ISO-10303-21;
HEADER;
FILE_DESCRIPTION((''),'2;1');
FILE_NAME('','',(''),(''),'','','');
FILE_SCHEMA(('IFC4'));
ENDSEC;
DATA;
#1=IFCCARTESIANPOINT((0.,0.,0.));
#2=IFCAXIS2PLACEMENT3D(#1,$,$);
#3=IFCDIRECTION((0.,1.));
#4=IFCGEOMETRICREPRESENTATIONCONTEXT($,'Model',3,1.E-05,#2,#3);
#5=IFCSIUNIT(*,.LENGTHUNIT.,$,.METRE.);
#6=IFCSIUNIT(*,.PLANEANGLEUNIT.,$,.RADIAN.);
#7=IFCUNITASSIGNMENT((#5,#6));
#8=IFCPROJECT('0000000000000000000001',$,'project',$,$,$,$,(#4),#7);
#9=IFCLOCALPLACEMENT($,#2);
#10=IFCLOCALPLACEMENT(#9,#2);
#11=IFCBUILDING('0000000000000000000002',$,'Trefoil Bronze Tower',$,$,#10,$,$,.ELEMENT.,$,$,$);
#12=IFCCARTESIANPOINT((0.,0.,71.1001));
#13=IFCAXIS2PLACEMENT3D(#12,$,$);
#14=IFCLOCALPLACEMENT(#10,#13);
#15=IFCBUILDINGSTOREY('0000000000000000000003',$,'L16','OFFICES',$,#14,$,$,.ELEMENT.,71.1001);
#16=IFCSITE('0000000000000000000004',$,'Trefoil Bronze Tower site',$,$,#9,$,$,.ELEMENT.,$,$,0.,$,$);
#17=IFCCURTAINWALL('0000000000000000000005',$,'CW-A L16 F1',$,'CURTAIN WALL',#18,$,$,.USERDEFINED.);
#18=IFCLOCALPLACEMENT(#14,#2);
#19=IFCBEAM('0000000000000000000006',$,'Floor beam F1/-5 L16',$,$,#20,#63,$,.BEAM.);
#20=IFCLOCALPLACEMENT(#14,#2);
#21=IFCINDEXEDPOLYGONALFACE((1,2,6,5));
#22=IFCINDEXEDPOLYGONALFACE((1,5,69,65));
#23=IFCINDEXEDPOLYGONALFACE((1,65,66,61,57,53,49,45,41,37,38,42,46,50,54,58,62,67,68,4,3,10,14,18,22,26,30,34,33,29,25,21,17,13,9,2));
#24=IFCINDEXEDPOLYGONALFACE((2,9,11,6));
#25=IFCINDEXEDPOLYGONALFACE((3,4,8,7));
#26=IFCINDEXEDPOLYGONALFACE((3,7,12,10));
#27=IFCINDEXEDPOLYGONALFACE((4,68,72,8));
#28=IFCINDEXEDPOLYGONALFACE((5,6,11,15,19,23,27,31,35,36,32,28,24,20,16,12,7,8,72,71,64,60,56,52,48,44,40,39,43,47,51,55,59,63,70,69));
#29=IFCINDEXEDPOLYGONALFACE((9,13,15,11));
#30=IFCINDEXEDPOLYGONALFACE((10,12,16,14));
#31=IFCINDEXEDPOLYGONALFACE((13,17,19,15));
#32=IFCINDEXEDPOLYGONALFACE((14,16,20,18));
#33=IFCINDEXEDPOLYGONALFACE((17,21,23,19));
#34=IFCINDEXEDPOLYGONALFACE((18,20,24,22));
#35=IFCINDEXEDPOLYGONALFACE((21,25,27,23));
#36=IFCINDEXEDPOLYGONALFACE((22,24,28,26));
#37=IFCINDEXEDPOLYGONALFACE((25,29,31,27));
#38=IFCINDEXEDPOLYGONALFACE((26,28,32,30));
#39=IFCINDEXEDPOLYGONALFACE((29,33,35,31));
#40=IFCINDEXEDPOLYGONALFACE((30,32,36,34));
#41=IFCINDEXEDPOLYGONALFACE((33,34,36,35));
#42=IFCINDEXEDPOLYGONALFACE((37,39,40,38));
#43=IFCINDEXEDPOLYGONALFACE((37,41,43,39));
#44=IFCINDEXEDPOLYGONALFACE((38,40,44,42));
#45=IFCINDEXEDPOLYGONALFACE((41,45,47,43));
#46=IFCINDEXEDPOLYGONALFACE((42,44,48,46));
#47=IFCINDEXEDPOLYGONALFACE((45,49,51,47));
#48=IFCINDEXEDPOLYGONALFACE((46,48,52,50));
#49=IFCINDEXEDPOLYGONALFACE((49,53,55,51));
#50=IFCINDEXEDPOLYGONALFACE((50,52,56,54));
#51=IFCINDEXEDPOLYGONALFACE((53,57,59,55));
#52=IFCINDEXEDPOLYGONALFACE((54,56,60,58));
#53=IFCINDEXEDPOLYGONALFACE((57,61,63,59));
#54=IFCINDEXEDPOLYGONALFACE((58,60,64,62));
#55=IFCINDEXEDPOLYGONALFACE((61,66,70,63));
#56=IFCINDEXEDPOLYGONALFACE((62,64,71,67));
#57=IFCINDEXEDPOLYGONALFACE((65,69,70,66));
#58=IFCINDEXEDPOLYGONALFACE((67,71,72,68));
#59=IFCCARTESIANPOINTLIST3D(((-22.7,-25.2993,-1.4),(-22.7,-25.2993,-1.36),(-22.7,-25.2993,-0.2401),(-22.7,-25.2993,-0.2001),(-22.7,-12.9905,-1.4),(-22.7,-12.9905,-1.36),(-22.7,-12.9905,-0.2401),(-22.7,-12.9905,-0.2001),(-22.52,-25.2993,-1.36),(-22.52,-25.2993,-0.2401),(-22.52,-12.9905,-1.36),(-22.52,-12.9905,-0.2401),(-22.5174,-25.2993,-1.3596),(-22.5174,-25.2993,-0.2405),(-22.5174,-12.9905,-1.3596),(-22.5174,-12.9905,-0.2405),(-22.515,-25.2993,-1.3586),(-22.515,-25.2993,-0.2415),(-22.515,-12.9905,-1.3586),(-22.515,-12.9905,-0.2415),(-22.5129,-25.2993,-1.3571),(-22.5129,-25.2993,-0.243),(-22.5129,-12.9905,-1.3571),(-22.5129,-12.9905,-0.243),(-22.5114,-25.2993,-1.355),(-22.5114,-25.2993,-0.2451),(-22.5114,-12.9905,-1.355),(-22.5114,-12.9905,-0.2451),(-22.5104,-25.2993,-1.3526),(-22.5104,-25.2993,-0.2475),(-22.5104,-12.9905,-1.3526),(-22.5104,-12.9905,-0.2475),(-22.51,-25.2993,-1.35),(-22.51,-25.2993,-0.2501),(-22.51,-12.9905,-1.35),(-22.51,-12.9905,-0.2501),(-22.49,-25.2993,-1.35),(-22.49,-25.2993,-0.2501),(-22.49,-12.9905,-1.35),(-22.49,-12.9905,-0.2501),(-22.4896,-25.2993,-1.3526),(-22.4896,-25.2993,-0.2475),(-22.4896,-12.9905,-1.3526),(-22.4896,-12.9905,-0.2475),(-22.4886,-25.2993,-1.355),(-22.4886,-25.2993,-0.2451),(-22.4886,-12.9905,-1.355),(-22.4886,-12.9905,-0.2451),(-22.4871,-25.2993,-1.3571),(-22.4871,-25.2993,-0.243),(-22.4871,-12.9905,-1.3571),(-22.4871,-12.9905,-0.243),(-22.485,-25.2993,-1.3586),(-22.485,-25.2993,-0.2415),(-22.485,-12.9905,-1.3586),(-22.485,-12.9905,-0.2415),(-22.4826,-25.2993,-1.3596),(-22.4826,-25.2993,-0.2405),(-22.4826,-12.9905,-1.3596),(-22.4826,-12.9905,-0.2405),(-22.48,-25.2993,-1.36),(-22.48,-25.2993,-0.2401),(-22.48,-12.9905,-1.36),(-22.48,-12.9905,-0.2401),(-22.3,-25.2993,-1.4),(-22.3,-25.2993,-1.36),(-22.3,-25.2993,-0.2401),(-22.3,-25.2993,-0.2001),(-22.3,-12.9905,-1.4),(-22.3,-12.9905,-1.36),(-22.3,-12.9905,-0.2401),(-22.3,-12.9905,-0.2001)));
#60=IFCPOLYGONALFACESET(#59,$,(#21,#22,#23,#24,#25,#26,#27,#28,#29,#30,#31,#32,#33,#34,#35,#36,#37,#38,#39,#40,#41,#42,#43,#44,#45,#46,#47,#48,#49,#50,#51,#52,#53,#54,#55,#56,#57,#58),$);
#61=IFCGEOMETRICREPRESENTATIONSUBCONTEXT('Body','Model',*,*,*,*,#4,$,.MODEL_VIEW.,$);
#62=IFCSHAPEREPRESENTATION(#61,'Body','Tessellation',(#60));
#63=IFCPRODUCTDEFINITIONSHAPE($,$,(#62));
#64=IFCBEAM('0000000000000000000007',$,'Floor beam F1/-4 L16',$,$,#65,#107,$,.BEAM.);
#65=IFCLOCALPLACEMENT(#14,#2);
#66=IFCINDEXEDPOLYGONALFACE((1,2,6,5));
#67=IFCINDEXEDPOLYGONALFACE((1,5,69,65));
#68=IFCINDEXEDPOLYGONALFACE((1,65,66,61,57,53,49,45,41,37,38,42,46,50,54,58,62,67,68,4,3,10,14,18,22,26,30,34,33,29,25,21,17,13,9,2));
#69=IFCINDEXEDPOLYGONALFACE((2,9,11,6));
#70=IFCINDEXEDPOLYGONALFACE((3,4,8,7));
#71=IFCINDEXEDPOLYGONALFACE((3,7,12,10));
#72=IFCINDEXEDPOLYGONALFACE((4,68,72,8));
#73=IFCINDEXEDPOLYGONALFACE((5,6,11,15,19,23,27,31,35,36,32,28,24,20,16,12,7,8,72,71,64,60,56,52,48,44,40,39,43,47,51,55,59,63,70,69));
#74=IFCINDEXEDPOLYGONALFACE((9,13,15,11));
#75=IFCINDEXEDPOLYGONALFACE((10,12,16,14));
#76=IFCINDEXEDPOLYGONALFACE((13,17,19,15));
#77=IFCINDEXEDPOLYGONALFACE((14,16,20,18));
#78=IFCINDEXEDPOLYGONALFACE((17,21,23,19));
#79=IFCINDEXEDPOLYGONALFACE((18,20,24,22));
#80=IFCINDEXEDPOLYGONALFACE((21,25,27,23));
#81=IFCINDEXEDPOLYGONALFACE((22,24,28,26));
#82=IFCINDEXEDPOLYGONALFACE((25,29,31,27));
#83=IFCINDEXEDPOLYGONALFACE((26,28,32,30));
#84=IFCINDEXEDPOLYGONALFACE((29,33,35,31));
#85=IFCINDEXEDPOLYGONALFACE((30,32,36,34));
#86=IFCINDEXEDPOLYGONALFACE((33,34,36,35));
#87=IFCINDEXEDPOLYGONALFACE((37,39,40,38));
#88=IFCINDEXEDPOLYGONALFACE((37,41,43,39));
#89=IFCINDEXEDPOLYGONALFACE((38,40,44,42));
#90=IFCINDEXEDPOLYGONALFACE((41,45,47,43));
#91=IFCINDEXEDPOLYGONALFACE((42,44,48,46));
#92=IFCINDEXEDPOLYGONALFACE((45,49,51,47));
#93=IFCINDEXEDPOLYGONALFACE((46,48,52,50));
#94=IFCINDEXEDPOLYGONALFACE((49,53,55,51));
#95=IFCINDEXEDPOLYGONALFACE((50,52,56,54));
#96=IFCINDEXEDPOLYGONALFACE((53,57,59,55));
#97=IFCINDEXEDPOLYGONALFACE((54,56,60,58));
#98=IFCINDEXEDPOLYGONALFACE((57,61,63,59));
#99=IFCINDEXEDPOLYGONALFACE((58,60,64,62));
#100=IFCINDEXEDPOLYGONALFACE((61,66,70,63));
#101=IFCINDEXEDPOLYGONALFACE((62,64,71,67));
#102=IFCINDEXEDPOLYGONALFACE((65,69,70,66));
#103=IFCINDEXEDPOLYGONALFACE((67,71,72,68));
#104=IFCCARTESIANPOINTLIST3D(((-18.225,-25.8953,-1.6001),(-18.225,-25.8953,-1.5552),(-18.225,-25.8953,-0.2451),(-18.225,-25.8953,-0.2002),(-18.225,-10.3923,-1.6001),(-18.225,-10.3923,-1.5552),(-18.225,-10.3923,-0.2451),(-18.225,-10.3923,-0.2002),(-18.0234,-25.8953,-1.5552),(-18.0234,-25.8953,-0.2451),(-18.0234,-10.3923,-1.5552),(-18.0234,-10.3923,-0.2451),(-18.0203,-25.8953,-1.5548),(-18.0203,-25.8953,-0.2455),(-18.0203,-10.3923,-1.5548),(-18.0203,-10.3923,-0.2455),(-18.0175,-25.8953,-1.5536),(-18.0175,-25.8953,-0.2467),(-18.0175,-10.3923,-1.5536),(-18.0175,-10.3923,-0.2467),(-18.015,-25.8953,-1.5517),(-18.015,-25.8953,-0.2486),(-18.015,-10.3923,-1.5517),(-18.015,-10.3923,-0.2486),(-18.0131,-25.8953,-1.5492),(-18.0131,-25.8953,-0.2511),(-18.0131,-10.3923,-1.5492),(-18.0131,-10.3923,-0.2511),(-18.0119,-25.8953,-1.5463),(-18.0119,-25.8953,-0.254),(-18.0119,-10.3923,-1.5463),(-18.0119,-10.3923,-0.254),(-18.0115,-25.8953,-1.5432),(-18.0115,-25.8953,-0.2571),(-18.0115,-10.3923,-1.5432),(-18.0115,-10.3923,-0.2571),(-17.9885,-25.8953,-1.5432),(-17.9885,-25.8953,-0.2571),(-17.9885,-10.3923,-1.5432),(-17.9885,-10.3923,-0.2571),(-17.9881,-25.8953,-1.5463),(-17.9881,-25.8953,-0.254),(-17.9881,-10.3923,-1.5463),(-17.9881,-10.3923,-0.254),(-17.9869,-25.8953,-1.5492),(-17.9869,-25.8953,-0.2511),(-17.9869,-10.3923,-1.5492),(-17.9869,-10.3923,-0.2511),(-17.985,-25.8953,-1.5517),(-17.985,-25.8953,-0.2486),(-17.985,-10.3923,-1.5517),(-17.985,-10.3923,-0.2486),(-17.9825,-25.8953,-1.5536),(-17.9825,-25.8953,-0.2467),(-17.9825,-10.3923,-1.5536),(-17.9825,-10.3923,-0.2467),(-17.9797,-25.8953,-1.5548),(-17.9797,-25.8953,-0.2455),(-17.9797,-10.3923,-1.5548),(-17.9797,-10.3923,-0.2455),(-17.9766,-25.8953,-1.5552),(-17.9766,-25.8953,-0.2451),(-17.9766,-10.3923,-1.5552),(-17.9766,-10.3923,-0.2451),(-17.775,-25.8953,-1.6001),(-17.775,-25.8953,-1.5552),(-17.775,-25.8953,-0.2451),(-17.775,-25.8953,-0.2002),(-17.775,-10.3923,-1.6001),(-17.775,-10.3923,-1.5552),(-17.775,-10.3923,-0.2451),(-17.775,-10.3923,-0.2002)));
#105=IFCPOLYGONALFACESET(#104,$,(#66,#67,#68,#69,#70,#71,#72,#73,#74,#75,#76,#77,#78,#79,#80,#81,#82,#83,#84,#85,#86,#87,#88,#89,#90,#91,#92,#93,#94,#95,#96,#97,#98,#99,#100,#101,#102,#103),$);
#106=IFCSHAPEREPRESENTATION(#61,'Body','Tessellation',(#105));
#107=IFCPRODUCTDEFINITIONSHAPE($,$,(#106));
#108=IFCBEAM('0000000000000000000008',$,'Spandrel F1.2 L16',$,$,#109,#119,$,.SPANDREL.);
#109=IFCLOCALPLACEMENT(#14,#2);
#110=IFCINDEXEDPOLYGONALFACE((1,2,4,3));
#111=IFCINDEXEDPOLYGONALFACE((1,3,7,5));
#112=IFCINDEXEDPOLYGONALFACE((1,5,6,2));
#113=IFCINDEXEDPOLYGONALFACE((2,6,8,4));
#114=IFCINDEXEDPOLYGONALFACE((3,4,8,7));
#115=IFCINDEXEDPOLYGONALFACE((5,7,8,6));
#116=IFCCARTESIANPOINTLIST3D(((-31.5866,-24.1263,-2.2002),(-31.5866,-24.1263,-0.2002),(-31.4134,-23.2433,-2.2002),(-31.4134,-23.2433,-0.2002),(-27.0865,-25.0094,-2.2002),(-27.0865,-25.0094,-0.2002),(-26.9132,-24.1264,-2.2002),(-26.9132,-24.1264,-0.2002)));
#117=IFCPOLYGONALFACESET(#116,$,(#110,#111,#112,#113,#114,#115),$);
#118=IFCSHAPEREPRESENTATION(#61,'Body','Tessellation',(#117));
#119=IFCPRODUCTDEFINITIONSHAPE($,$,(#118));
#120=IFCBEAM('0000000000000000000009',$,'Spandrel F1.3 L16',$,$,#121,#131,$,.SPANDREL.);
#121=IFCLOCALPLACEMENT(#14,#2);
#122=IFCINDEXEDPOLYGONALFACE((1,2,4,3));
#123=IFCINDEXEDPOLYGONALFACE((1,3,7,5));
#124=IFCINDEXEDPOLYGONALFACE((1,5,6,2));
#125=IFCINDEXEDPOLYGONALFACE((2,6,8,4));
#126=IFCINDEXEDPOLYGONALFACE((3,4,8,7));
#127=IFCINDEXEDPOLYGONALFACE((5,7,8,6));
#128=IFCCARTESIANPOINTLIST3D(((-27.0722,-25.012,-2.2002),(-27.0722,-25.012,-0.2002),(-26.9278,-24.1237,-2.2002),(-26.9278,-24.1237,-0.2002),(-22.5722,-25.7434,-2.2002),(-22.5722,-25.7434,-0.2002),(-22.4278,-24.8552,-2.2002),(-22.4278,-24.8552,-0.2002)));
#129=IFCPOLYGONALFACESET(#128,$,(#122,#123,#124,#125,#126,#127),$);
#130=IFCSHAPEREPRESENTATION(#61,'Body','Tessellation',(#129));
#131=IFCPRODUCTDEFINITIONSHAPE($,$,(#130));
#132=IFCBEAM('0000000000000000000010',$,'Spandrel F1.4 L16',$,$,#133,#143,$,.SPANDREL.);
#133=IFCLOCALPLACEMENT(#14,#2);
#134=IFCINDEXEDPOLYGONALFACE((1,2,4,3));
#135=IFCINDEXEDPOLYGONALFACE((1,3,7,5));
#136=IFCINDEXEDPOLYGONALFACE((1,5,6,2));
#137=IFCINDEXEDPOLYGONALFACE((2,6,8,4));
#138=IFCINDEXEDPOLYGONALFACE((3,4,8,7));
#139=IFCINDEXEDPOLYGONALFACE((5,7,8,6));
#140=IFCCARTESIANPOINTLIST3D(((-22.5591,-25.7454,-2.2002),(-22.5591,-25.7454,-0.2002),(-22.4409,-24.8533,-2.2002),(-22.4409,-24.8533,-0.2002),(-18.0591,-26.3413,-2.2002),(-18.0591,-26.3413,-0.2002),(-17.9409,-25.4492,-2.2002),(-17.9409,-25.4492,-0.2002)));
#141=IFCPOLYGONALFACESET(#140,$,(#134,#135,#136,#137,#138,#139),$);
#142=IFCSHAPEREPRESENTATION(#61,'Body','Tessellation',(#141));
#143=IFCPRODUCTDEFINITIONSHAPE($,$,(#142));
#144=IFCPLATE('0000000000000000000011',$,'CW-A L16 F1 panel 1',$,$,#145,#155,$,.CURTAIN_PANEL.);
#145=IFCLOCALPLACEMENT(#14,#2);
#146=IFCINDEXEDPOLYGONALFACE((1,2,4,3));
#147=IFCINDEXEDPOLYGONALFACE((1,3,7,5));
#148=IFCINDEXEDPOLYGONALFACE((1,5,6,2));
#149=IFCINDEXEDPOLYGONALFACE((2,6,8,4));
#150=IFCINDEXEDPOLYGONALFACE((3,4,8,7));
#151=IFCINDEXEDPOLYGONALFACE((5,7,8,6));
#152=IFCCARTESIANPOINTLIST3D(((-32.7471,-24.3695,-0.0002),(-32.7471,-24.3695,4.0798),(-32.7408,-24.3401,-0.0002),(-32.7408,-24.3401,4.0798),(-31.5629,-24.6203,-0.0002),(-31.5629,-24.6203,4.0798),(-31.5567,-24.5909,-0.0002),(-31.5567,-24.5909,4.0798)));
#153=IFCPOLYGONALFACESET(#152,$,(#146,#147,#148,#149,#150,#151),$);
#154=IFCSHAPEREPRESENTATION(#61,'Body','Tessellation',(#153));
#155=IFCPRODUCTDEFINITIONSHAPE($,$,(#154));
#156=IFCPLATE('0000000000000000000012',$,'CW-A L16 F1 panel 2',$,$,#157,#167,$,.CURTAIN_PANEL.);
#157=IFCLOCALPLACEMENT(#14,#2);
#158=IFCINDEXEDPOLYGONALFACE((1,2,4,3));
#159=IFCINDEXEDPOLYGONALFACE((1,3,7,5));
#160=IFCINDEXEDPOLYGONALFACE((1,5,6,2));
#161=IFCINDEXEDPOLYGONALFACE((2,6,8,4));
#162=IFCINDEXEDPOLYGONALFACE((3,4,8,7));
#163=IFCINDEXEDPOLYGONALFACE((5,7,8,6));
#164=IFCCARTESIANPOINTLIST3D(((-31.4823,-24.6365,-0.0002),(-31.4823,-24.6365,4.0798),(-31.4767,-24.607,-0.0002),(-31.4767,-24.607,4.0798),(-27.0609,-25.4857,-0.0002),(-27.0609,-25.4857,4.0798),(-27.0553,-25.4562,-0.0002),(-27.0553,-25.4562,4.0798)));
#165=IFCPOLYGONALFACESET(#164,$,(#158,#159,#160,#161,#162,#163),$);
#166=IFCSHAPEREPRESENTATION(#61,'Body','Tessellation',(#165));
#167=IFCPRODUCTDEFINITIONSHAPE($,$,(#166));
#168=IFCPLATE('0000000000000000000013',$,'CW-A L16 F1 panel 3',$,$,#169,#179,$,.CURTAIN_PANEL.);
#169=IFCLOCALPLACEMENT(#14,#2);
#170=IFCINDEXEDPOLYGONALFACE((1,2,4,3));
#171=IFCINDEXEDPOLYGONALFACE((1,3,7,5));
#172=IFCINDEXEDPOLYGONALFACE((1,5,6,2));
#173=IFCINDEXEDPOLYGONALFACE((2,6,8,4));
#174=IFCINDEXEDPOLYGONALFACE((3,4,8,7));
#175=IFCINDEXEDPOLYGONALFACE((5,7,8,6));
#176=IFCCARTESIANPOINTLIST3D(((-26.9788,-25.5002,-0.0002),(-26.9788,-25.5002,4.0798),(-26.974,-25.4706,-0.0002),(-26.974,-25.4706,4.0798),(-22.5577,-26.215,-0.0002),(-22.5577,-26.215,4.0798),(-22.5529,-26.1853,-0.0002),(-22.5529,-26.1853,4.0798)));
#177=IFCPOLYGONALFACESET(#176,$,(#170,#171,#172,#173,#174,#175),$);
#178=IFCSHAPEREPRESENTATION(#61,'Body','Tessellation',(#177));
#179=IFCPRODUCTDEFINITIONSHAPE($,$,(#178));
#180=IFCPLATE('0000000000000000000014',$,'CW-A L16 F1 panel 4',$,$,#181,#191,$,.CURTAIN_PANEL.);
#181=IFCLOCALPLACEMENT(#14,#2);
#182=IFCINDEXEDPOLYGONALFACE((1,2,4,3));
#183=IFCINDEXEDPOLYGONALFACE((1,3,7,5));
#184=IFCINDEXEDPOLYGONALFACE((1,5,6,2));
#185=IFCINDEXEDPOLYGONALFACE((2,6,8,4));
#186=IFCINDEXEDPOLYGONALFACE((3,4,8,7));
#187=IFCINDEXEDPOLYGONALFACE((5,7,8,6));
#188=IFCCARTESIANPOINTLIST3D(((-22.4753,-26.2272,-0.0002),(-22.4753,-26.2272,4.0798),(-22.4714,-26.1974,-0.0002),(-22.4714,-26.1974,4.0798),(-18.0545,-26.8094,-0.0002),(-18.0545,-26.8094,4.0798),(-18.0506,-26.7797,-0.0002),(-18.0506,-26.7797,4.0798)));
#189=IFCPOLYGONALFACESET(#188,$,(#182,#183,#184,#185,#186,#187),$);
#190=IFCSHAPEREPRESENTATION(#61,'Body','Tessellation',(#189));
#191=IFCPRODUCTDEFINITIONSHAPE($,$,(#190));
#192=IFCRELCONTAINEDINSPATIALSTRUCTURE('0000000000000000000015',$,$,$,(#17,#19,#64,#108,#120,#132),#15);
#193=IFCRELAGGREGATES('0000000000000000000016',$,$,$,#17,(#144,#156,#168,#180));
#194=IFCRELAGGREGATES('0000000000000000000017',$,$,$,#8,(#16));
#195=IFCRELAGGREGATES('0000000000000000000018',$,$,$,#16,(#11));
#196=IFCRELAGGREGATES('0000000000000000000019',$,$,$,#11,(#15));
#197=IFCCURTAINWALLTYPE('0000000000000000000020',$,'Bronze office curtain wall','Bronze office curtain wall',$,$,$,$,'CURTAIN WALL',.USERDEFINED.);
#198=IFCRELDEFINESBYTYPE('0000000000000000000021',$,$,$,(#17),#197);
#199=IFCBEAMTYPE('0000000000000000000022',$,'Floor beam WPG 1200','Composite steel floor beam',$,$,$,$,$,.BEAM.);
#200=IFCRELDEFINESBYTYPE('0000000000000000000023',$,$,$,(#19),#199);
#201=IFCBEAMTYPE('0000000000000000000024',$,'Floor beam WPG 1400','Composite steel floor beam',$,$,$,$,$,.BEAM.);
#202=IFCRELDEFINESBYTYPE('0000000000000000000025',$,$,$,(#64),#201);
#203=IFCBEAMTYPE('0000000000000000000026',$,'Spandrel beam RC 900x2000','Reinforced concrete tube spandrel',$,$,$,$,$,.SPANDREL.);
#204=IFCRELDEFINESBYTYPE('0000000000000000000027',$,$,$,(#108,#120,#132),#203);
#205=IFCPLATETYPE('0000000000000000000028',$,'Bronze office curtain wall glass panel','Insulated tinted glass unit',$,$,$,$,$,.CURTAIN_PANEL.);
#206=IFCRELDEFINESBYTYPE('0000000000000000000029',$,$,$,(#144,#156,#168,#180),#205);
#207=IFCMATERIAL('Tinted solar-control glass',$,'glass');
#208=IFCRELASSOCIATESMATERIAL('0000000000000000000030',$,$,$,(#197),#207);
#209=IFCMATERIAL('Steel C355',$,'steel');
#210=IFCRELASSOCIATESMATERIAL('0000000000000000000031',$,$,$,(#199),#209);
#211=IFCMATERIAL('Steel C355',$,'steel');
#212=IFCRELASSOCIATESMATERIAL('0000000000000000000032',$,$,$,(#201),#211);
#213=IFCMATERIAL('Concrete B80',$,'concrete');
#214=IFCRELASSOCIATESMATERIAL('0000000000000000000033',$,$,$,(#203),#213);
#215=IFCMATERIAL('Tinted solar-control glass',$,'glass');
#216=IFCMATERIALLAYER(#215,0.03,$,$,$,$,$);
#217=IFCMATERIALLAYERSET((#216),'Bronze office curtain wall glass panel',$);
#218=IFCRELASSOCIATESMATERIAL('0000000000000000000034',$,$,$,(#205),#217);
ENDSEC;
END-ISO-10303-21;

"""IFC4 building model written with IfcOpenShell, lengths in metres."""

from ifc_helpers import new_model, si_unit, direction, frame, origin, origin_2d, place, context, subcontext, project, spatial, rectangle, i_section, extrude, material, layer, layer_set, material_profile, profile_set, type_object, element, aggregate, save


model = new_model("IFC4")

# Units and contexts
model_context = context("Model", 3, precision=1e-05, world=origin(), true_north=direction((0.0, 1.0)))
body_context = subcontext(model_context, "Body", "Model", "MODEL_VIEW")
ifc_project = project(units=[si_unit("LENGTHUNIT", "METRE"), si_unit("PLANEANGLEUNIT", "RADIAN")], contexts=[model_context])

# Site, building, storey
site_placement = place(None, origin())
site = spatial("IfcSite", under=ifc_project, at=site_placement, Name="Trefoil Bronze Tower site", CompositionType="ELEMENT", RefElevation=0.0)
building_placement = place(site_placement, origin())
building = spatial("IfcBuilding", under=site, at=building_placement, Name="Trefoil Bronze Tower", CompositionType="ELEMENT")
storey_placement = place(building_placement, frame((0.0, 0.0, 71.1001)))
storey = spatial("IfcBuildingStorey", under=building, at=storey_placement, Name="L16", Description="OFFICES", CompositionType="ELEMENT", Elevation=71.1001)

# Curtain wall
ifc_material_1 = material(Name="Tinted solar-control glass", Category="glass")
curtain_wall_type_1 = type_object("IfcCurtainWallType", Name="Bronze office curtain wall", Description="Bronze office curtain wall", ElementType="CURTAIN WALL", PredefinedType="USERDEFINED", material=ifc_material_1)
curtain_wall_1_placement = place(storey_placement, origin())
curtain_wall_1 = element("IfcCurtainWall", 1, at=curtain_wall_1_placement, inside=storey, type_object=curtain_wall_type_1, Name="CW-A L16 F1", ObjectType="CURTAIN WALL", PredefinedType="USERDEFINED")

# Beams
ifc_material_2 = material(Name="Steel C355", Category="steel")
ifc_material_profile_1 = material_profile(ifc_material_2, i_section(OverallWidth=0.3999, OverallDepth=1.2, WebThickness=0.02, FlangeThickness=0.04, FilletRadius=0.01, at=origin_2d()), Name="WPG 1200")
ifc_profile_set_1 = profile_set([ifc_material_profile_1], Name="Steel C355")
beam_type_1 = type_object("IfcBeamType", Name="Floor beam WPG 1200", Description="Composite steel floor beam", PredefinedType="BEAM", material=ifc_profile_set_1)
beam_1_placement = place(storey_placement, frame((-22.5, -25.2993, -0.8), z_axis=(0.0, 1.0, 0.0), x_axis=(-1.0, 0.0, 0.0)))
element("IfcBeam", 2, at=beam_1_placement, inside=storey, type_object=beam_type_1, Name="Floor beam F1/-5 L16", PredefinedType="BEAM", context=body_context, shape_type="SweptSolid", body=[
    extrude(i_section(OverallWidth=0.3999, OverallDepth=1.2, WebThickness=0.02, FlangeThickness=0.04, FilletRadius=0.01, at=origin_2d()), origin(), (0.0, 0.0, 1.0), 12.3088),
])
ifc_material_3 = material(Name="Steel C355", Category="steel")
ifc_material_profile_2 = material_profile(ifc_material_3, i_section(OverallWidth=0.45, OverallDepth=1.3999, WebThickness=0.0229, FlangeThickness=0.0449, FilletRadius=0.012, at=origin_2d()), Name="WPG 1400")
ifc_profile_set_2 = profile_set([ifc_material_profile_2], Name="Steel C355")
beam_type_2 = type_object("IfcBeamType", Name="Floor beam WPG 1400", Description="Composite steel floor beam", PredefinedType="BEAM", material=ifc_profile_set_2)
beam_2_placement = place(storey_placement, frame((-18.0, -25.8953, -0.9001), z_axis=(0.0, 1.0, 0.0), x_axis=(-1.0, 0.0, 0.0)))
element("IfcBeam", 3, at=beam_2_placement, inside=storey, type_object=beam_type_2, Name="Floor beam F1/-4 L16", PredefinedType="BEAM", context=body_context, shape_type="SweptSolid", body=[
    extrude(i_section(OverallWidth=0.45, OverallDepth=1.3999, WebThickness=0.0229, FlangeThickness=0.0449, FilletRadius=0.012, at=origin_2d()), origin(), (0.0, 0.0, 1.0), 15.5029),
])
ifc_material_4 = material(Name="Concrete B80", Category="concrete")
ifc_material_profile_3 = material_profile(ifc_material_4, rectangle(XDim=0.8999, YDim=2.0, at=origin_2d()), Name="RC 900x2000")
ifc_profile_set_3 = profile_set([ifc_material_profile_3], Name="Concrete B80")
beam_type_3 = type_object("IfcBeamType", Name="Spandrel beam RC 900x2000", Description="Reinforced concrete tube spandrel", PredefinedType="SPANDREL", material=ifc_profile_set_3)
beam_3_placement = place(storey_placement, frame((-31.5, -23.6848, -1.2002), z_axis=(0.981285, -0.192562, 0.0), x_axis=(0.192562, 0.981285, 0.0)))
element("IfcBeam", 4, at=beam_3_placement, inside=storey, type_object=beam_type_3, Name="Spandrel F1.2 L16", PredefinedType="SPANDREL", context=body_context, shape_type="SweptSolid", body=[
    extrude(rectangle(XDim=0.8999, YDim=2.0, at=origin_2d()), origin(), (0.0, 0.0, 1.0), 4.5859),
])
beam_4_placement = place(storey_placement, frame((-27.0, -24.5679, -1.2002), z_axis=(0.987046, -0.160438, 0.0), x_axis=(0.160438, 0.987046, 0.0)))
element("IfcBeam", 5, at=beam_4_placement, inside=storey, type_object=beam_type_3, Name="Spandrel F1.3 L16", PredefinedType="SPANDREL", context=body_context, shape_type="SweptSolid", body=[
    extrude(rectangle(XDim=0.8999, YDim=2.0, at=origin_2d()), origin(), (0.0, 0.0, 1.0), 4.5591),
])
beam_5_placement = place(storey_placement, frame((-22.5, -25.2993, -1.2002), z_axis=(0.991344, -0.131286, 0.0), x_axis=(0.131286, 0.991344, 0.0)))
element("IfcBeam", 6, at=beam_5_placement, inside=storey, type_object=beam_type_3, Name="Spandrel F1.4 L16", PredefinedType="SPANDREL", context=body_context, shape_type="SweptSolid", body=[
    extrude(rectangle(XDim=0.8999, YDim=2.0, at=origin_2d()), origin(), (0.0, 0.0, 1.0), 4.5393),
])

# Plates
ifc_material_5 = material(Name="Tinted solar-control glass", Category="glass")
ifc_layer_1 = layer(ifc_material_5, 0.03)
ifc_layer_set_1 = layer_set([ifc_layer_1], Name="Bronze office curtain wall glass panel")
plate_type_1 = type_object("IfcPlateType", Name="Bronze office curtain wall glass panel", Description="Insulated tinted glass unit", PredefinedType="CURTAIN_PANEL", material=ifc_layer_set_1)
plate_1_placement = place(storey_placement, frame((-32.1519, -24.4802, -0.0002), z_axis=(0.0, 0.0, 1.0), x_axis=(0.978303, -0.207181, 0.0)))
plate_1 = element("IfcPlate", 7, at=plate_1_placement, type_object=plate_type_1, Name="CW-A L16 F1 panel 1", PredefinedType="CURTAIN_PANEL", context=body_context, shape_type="SweptSolid", body=[
    extrude(rectangle(XDim=1.2104, YDim=0.03, at=origin_2d()), origin(), (0.0, 0.0, 1.0), 4.0801),
])
plate_2_placement = place(storey_placement, frame((-29.2688, -25.0464, -0.0002), z_axis=(0.0, 0.0, 1.0), x_axis=(0.98205, -0.188622, 0.0)))
plate_2 = element("IfcPlate", 8, at=plate_2_placement, type_object=plate_type_1, Name="CW-A L16 F1 panel 2", PredefinedType="CURTAIN_PANEL", context=body_context, shape_type="SweptSolid", body=[
    extrude(rectangle(XDim=4.5022, YDim=0.03, at=origin_2d()), origin(), (0.0, 0.0, 1.0), 4.0801),
])
plate_3_placement = place(storey_placement, frame((-24.7659, -25.8428, -0.0002), z_axis=(0.0, 0.0, 1.0), x_axis=(0.987181, -0.159603, 0.0)))
plate_3 = element("IfcPlate", 9, at=plate_3_placement, type_object=plate_type_1, Name="CW-A L16 F1 panel 3", PredefinedType="CURTAIN_PANEL", context=body_context, shape_type="SweptSolid", body=[
    extrude(rectangle(XDim=4.4785, YDim=0.03, at=origin_2d()), origin(), (0.0, 0.0, 1.0), 4.0801),
])
plate_4_placement = place(storey_placement, frame((-20.2629, -26.5034, -0.0002), z_axis=(0.0, 0.0, 1.0), x_axis=(0.991437, -0.130584, 0.0)))
plate_4 = element("IfcPlate", 10, at=plate_4_placement, type_object=plate_type_1, Name="CW-A L16 F1 panel 4", PredefinedType="CURTAIN_PANEL", context=body_context, shape_type="SweptSolid", body=[
    extrude(rectangle(XDim=4.459, YDim=0.03, at=origin_2d()), origin(), (0.0, 0.0, 1.0), 4.0801),
])
aggregate(curtain_wall_1, [plate_1, plate_2, plate_3, plate_4])

save(model, "model.ifc")
